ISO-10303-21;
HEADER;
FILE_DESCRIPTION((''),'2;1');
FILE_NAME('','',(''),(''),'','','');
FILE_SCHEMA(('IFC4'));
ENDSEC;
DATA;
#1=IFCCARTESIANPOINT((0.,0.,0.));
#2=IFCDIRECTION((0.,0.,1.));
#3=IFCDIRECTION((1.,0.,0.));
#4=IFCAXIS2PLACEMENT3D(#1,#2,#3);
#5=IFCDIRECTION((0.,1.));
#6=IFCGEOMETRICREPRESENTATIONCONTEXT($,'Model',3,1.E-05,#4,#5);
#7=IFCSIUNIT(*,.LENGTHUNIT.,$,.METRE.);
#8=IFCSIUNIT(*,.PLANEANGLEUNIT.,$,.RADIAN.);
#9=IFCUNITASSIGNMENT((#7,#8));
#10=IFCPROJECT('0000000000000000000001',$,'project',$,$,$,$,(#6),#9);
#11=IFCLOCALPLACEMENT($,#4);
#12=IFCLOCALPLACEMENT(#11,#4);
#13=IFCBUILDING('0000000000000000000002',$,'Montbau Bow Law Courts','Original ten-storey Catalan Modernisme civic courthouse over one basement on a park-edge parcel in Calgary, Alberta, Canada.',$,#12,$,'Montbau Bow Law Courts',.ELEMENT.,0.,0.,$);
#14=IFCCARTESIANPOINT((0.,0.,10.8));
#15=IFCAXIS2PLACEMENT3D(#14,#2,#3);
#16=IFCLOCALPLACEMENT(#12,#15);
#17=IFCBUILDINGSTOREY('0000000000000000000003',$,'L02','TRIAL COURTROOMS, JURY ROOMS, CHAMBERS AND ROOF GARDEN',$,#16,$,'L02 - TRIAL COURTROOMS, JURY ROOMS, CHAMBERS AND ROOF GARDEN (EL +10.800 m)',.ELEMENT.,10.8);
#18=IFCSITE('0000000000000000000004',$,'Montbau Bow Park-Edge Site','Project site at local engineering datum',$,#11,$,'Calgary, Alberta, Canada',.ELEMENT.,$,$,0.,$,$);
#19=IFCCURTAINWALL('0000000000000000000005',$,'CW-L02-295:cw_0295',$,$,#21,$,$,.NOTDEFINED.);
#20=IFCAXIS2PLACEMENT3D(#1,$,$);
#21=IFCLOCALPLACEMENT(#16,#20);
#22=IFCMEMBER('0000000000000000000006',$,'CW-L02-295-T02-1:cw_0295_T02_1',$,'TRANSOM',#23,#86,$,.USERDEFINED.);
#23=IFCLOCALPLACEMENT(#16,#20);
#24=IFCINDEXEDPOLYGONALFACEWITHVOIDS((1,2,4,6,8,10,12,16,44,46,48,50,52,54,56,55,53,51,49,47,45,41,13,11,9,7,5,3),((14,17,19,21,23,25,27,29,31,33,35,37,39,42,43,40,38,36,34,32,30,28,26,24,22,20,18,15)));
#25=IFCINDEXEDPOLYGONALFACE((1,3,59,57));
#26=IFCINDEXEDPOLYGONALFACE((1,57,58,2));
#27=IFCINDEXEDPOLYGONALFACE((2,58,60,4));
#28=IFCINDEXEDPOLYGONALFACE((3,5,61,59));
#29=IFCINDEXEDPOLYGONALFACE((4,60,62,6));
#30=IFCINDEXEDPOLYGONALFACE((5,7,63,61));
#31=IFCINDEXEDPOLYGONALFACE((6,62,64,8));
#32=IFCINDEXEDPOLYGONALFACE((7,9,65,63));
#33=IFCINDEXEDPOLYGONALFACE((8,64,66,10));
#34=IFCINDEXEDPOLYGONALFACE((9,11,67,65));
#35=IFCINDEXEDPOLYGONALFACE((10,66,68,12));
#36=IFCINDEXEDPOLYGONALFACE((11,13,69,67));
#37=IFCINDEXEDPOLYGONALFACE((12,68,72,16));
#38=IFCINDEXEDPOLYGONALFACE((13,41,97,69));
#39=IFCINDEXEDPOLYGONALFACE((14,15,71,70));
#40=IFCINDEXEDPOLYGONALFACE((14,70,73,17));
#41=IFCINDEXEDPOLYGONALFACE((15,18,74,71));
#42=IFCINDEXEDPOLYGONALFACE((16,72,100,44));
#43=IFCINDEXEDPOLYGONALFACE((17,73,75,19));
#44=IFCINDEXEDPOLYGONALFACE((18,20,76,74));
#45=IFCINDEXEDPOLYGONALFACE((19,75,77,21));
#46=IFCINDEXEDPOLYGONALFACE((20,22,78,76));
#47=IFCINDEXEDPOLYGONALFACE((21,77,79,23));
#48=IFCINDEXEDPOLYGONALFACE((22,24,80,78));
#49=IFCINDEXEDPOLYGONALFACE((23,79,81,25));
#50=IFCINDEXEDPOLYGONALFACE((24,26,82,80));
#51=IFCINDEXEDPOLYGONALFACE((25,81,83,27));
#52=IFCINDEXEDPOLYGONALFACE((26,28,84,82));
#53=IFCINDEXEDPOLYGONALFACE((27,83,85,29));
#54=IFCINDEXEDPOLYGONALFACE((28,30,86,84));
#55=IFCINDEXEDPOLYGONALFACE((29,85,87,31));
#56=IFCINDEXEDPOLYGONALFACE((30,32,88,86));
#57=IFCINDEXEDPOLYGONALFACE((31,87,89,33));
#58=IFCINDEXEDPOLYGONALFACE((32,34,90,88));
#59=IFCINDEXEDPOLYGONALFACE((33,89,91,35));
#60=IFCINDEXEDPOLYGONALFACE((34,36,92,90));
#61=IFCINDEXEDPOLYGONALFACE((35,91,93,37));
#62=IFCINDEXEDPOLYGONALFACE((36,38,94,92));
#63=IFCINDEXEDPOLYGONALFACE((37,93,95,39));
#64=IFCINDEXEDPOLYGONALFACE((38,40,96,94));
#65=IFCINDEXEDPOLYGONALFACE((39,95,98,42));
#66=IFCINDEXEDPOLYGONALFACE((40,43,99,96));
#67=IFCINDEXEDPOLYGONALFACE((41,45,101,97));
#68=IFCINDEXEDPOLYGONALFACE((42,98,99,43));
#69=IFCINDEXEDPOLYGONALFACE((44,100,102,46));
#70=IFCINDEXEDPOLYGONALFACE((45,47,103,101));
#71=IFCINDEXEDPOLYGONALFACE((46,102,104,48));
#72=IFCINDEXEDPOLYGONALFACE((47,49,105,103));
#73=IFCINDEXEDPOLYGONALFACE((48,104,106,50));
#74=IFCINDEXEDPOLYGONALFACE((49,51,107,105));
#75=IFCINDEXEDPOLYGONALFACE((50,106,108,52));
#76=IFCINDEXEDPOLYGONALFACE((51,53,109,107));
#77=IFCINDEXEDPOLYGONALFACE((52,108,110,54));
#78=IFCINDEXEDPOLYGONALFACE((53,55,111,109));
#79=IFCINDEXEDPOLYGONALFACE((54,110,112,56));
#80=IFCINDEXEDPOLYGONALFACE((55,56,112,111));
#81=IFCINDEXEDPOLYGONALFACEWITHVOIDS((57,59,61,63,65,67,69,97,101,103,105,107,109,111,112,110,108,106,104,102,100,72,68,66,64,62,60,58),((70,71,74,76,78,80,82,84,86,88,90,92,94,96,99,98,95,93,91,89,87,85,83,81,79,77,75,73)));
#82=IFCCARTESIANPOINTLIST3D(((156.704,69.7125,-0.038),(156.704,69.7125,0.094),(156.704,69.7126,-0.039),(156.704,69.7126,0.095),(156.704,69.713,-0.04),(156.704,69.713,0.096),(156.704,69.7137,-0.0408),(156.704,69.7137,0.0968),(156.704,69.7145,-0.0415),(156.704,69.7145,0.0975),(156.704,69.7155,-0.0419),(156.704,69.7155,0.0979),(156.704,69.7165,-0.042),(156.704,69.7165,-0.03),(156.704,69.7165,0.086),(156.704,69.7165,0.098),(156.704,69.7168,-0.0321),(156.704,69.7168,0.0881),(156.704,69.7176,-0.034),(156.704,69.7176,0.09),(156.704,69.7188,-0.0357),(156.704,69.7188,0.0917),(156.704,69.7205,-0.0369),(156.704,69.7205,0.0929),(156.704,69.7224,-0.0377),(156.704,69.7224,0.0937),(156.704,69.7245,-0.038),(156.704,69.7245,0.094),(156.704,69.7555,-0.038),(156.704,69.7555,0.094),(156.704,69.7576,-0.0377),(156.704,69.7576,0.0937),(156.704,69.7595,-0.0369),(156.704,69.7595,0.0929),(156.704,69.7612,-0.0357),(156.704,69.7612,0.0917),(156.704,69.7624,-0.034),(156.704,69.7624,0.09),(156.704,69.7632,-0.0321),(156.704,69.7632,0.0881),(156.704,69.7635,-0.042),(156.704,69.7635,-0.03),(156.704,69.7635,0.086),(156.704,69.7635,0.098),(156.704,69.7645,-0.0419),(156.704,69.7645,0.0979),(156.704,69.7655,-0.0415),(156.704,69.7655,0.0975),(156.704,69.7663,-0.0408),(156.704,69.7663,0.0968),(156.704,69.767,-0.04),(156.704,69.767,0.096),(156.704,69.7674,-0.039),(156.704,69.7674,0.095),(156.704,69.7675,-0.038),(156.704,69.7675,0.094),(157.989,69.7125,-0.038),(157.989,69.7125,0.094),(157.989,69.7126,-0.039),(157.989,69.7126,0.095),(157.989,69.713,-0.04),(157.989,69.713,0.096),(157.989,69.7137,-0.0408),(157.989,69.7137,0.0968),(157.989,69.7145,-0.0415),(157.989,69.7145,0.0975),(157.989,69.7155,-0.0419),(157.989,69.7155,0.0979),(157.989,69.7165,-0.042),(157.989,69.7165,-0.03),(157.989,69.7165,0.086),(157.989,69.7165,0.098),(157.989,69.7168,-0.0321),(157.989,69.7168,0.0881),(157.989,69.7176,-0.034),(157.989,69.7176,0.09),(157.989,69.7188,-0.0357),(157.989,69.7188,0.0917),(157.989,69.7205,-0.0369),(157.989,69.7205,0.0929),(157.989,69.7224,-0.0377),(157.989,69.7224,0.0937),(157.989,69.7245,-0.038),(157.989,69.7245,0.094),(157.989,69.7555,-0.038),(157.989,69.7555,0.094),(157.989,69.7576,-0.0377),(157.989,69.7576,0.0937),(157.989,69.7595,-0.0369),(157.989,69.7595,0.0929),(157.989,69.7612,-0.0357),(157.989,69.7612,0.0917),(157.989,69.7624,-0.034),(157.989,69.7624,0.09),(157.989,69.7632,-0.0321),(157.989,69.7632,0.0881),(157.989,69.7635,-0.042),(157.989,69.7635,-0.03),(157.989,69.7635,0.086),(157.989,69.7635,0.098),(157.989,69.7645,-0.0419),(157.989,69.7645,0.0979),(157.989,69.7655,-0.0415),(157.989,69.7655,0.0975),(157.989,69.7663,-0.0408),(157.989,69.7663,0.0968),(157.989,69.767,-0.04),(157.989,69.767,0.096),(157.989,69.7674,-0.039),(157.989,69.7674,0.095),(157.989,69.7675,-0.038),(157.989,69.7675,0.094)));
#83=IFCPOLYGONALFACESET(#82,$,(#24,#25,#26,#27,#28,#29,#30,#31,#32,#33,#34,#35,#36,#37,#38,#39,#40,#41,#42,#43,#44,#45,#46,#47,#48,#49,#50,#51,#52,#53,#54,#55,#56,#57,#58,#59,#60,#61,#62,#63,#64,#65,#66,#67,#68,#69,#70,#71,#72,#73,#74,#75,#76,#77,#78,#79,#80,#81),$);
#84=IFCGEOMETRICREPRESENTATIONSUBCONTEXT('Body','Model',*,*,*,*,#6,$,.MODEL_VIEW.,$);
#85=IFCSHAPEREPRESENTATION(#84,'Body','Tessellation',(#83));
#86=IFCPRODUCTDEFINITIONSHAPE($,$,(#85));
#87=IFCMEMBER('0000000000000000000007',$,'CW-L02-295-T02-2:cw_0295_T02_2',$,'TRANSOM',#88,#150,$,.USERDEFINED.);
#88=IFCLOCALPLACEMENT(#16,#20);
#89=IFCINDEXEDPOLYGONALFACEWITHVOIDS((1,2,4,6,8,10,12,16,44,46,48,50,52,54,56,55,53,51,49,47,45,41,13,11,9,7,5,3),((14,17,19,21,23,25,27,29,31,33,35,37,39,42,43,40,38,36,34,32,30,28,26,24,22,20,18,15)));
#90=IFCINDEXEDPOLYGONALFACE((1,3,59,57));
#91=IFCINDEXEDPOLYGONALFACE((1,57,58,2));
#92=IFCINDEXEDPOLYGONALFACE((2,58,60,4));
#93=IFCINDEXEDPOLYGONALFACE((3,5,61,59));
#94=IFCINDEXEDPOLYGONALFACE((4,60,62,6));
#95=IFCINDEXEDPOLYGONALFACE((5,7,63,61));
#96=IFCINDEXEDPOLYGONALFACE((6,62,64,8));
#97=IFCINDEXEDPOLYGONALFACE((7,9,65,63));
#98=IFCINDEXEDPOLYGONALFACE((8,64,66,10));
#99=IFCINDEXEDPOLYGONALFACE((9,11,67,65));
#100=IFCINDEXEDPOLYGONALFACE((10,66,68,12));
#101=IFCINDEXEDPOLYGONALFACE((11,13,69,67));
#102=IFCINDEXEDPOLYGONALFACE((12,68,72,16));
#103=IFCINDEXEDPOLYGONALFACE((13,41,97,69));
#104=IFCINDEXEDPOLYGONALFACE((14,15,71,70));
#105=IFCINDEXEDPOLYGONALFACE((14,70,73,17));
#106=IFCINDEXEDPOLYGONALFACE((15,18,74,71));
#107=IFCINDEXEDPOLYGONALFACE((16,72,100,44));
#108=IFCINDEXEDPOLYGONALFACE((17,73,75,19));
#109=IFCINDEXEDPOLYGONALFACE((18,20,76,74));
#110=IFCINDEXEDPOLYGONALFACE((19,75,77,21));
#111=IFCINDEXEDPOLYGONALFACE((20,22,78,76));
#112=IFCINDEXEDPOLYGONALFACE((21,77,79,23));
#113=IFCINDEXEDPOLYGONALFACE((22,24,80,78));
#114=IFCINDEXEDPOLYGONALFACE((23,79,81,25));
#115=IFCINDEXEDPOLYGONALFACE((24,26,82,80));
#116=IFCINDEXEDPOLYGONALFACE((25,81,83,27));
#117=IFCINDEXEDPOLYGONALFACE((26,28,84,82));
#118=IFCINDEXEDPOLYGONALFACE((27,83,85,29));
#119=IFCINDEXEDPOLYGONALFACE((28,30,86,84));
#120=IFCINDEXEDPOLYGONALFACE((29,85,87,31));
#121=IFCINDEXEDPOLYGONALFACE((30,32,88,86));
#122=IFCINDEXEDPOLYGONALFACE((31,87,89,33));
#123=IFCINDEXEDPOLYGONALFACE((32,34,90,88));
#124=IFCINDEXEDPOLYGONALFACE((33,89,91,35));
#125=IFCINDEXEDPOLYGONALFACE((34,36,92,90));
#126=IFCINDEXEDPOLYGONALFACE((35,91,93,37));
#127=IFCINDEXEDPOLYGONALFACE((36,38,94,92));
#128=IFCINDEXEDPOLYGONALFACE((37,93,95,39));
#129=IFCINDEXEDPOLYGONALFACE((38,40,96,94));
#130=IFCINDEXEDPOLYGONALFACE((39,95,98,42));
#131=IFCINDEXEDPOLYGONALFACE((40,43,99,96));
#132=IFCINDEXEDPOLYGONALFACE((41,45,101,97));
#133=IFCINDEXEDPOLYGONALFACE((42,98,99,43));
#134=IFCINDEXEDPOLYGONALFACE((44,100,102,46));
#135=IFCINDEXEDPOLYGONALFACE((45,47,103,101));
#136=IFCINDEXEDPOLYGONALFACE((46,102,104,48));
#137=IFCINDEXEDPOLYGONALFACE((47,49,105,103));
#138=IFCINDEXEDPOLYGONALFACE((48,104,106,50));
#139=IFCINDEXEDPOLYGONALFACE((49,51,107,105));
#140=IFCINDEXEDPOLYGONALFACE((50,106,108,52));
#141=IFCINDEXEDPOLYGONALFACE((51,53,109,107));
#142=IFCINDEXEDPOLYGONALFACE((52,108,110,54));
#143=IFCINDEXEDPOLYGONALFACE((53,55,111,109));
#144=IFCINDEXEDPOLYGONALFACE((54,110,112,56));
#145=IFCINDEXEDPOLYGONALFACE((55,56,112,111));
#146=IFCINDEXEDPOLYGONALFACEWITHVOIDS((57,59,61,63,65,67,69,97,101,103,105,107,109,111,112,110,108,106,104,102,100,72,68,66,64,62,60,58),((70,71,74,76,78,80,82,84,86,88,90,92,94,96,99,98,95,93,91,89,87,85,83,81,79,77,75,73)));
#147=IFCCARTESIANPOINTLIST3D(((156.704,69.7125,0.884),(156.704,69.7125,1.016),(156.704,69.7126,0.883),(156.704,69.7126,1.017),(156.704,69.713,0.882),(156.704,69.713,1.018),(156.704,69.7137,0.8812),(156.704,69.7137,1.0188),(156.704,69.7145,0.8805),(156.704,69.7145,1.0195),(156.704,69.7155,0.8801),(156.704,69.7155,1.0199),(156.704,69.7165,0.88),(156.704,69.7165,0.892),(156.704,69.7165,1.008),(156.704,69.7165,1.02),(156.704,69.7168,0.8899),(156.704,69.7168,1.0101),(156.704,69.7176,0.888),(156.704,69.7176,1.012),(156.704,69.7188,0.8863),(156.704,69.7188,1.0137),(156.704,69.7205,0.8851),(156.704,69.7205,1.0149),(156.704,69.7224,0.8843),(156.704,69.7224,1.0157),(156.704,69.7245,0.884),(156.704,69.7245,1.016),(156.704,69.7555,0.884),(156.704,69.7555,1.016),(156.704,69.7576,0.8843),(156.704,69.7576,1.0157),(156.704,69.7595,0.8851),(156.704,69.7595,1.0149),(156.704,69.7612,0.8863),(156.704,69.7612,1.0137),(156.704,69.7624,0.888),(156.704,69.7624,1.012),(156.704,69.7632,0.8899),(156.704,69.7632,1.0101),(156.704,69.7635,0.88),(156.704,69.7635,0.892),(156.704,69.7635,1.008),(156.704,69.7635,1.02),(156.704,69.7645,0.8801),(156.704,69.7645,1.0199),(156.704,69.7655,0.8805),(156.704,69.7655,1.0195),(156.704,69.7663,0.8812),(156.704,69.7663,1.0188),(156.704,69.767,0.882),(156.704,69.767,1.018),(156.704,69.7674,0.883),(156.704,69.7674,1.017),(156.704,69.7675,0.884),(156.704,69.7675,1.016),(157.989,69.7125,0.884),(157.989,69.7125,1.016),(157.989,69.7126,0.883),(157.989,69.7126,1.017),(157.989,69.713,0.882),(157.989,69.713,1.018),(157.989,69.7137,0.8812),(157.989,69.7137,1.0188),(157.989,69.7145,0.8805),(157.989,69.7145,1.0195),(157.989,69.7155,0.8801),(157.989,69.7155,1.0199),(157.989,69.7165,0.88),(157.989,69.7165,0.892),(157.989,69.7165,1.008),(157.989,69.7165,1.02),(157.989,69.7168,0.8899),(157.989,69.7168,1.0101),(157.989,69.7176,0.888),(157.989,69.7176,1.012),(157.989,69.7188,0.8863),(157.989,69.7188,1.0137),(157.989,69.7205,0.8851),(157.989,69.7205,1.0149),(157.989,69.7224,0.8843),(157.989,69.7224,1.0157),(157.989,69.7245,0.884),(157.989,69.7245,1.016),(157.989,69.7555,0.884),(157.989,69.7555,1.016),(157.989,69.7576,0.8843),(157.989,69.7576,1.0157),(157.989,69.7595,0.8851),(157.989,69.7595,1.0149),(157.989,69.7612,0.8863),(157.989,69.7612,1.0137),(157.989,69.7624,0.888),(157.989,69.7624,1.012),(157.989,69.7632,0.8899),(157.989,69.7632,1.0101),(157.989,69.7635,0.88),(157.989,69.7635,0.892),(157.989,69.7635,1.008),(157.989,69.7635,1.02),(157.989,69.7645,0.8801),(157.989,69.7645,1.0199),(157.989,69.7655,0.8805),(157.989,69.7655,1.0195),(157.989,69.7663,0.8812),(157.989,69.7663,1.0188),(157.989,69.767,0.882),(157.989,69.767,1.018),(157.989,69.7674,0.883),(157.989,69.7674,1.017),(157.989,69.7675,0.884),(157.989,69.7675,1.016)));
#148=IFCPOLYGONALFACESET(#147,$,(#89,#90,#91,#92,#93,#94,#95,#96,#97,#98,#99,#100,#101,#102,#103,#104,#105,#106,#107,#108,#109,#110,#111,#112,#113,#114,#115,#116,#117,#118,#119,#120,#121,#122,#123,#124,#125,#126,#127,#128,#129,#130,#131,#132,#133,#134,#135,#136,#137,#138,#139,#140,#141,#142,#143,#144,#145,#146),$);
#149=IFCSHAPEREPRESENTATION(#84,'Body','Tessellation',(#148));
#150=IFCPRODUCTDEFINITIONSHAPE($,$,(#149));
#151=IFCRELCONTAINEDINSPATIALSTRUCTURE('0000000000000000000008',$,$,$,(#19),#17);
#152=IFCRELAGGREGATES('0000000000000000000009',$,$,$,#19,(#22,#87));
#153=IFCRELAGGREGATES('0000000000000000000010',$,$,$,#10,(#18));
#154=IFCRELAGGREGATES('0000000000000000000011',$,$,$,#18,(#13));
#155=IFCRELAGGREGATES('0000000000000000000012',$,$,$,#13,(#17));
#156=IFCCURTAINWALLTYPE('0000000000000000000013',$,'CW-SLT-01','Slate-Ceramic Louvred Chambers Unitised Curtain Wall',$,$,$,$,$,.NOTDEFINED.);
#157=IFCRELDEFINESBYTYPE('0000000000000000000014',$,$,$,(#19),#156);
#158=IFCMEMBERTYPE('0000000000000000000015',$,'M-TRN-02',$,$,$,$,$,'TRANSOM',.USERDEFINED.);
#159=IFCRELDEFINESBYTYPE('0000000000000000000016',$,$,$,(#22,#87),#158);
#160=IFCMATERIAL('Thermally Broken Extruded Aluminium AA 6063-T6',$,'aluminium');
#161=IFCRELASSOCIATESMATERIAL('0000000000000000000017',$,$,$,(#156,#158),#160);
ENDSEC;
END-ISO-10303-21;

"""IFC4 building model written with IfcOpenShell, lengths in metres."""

from ifc_helpers import new_model, si_unit, direction, frame, origin_with_axes, origin_2d_with_axis, place, context, subcontext, project, spatial, hollow_rectangle, extrude, material, material_profile, profile_set, type_object, element, aggregate, save


model = new_model("IFC4")

# Units and contexts
model_context = context("Model", 3, precision=1e-05, world=origin_with_axes(), true_north=direction((0.0, 1.0)))
body_context = subcontext(model_context, "Body", "Model", "MODEL_VIEW")
ifc_project = project(units=[si_unit("LENGTHUNIT", "METRE"), si_unit("PLANEANGLEUNIT", "RADIAN")], contexts=[model_context])

# Site, building, storey
site_placement = place(None, origin_with_axes())
site = spatial("IfcSite", under=ifc_project, at=site_placement, Name="Montbau Bow Park-Edge Site", Description="Project site at local engineering datum", LongName="Calgary, Alberta, Canada", CompositionType="ELEMENT", RefElevation=0.0)
building_placement = place(site_placement, origin_with_axes())
building = spatial("IfcBuilding", under=site, at=building_placement, Name="Montbau Bow Law Courts", Description="Original ten-storey Catalan Modernisme civic courthouse over one basement on a park-edge parcel in Calgary, Alberta, Canada.", LongName="Montbau Bow Law Courts", CompositionType="ELEMENT", ElevationOfRefHeight=0.0, ElevationOfTerrain=0.0)
storey_placement = place(building_placement, frame((0.0, 0.0, 10.8), z_axis=(0.0, 0.0, 1.0), x_axis=(1.0, 0.0, 0.0)))
storey = spatial("IfcBuildingStorey", under=building, at=storey_placement, Name="L02", Description="TRIAL COURTROOMS, JURY ROOMS, CHAMBERS AND ROOF GARDEN", LongName="L02 - TRIAL COURTROOMS, JURY ROOMS, CHAMBERS AND ROOF GARDEN (EL +10.800 m)", CompositionType="ELEMENT", Elevation=10.8)

# Shared definitions
ifc_material_1 = material(Name="Thermally Broken Extruded Aluminium AA 6063-T6", Category="aluminium")
curtain_wall_type = type_object("IfcCurtainWallType", Name="CW-SLT-01", Description="Slate-Ceramic Louvred Chambers Unitised Curtain Wall", PredefinedType="NOTDEFINED", material=ifc_material_1)

# Curtain wall, members
curtain_wall_1_placement = place(None, frame((155.315, 69.74, 10.8), z_axis=(0.0, 0.0, 1.0), x_axis=(1.0, 0.0, 0.0)))
curtain_wall_1 = element("IfcCurtainWall", 1, at=curtain_wall_1_placement, inside=storey, type_object=curtain_wall_type, Name="CW-L02-295:cw_0295", PredefinedType="NOTDEFINED")
ifc_material_profile_1 = material_profile(ifc_material_1, hollow_rectangle(XDim=0.055, YDim=0.14, WallThickness=0.004, InnerFilletRadius=0.008, OuterFilletRadius=0.004, at=origin_2d_with_axis()), Name="CWT-140X55", Category="Main", Priority=0)
ifc_profile_set_1 = profile_set([ifc_material_profile_1], Name="Thermally Broken Extruded Aluminium AA 6063-T6")
member_type_1 = type_object("IfcMemberType", Name="M-TRN-02", ElementType="TRANSOM", PredefinedType="USERDEFINED", material=ifc_profile_set_1)
member_1_placement = place(None, frame((156.704, 69.74, 10.828), z_axis=(1.0, 0.0, 0.0), x_axis=(0.0, 1.0, 0.0)))
member_1 = element("IfcMember", 2, at=member_1_placement, type_object=member_type_1, Name="CW-L02-295-T02-1:cw_0295_T02_1", ObjectType="TRANSOM", PredefinedType="USERDEFINED", context=body_context, shape_type="SweptSolid", body=[
    extrude(hollow_rectangle(XDim=0.055, YDim=0.14, WallThickness=0.004, InnerFilletRadius=0.008, OuterFilletRadius=0.004, at=origin_2d_with_axis()), origin_with_axes(), (0.0, 0.0, 1.0), 1.285),
])
member_2_placement = place(None, frame((156.704, 69.74, 11.75), z_axis=(1.0, 0.0, 0.0), x_axis=(0.0, 1.0, 0.0)))
member_2 = element("IfcMember", 3, at=member_2_placement, type_object=member_type_1, Name="CW-L02-295-T02-2:cw_0295_T02_2", ObjectType="TRANSOM", PredefinedType="USERDEFINED", context=body_context, shape_type="SweptSolid", body=[
    extrude(hollow_rectangle(XDim=0.055, YDim=0.14, WallThickness=0.004, InnerFilletRadius=0.008, OuterFilletRadius=0.004, at=origin_2d_with_axis()), origin_with_axes(), (0.0, 0.0, 1.0), 1.285),
])
aggregate(curtain_wall_1, [member_1, member_2])

save(model, "model.ifc")
